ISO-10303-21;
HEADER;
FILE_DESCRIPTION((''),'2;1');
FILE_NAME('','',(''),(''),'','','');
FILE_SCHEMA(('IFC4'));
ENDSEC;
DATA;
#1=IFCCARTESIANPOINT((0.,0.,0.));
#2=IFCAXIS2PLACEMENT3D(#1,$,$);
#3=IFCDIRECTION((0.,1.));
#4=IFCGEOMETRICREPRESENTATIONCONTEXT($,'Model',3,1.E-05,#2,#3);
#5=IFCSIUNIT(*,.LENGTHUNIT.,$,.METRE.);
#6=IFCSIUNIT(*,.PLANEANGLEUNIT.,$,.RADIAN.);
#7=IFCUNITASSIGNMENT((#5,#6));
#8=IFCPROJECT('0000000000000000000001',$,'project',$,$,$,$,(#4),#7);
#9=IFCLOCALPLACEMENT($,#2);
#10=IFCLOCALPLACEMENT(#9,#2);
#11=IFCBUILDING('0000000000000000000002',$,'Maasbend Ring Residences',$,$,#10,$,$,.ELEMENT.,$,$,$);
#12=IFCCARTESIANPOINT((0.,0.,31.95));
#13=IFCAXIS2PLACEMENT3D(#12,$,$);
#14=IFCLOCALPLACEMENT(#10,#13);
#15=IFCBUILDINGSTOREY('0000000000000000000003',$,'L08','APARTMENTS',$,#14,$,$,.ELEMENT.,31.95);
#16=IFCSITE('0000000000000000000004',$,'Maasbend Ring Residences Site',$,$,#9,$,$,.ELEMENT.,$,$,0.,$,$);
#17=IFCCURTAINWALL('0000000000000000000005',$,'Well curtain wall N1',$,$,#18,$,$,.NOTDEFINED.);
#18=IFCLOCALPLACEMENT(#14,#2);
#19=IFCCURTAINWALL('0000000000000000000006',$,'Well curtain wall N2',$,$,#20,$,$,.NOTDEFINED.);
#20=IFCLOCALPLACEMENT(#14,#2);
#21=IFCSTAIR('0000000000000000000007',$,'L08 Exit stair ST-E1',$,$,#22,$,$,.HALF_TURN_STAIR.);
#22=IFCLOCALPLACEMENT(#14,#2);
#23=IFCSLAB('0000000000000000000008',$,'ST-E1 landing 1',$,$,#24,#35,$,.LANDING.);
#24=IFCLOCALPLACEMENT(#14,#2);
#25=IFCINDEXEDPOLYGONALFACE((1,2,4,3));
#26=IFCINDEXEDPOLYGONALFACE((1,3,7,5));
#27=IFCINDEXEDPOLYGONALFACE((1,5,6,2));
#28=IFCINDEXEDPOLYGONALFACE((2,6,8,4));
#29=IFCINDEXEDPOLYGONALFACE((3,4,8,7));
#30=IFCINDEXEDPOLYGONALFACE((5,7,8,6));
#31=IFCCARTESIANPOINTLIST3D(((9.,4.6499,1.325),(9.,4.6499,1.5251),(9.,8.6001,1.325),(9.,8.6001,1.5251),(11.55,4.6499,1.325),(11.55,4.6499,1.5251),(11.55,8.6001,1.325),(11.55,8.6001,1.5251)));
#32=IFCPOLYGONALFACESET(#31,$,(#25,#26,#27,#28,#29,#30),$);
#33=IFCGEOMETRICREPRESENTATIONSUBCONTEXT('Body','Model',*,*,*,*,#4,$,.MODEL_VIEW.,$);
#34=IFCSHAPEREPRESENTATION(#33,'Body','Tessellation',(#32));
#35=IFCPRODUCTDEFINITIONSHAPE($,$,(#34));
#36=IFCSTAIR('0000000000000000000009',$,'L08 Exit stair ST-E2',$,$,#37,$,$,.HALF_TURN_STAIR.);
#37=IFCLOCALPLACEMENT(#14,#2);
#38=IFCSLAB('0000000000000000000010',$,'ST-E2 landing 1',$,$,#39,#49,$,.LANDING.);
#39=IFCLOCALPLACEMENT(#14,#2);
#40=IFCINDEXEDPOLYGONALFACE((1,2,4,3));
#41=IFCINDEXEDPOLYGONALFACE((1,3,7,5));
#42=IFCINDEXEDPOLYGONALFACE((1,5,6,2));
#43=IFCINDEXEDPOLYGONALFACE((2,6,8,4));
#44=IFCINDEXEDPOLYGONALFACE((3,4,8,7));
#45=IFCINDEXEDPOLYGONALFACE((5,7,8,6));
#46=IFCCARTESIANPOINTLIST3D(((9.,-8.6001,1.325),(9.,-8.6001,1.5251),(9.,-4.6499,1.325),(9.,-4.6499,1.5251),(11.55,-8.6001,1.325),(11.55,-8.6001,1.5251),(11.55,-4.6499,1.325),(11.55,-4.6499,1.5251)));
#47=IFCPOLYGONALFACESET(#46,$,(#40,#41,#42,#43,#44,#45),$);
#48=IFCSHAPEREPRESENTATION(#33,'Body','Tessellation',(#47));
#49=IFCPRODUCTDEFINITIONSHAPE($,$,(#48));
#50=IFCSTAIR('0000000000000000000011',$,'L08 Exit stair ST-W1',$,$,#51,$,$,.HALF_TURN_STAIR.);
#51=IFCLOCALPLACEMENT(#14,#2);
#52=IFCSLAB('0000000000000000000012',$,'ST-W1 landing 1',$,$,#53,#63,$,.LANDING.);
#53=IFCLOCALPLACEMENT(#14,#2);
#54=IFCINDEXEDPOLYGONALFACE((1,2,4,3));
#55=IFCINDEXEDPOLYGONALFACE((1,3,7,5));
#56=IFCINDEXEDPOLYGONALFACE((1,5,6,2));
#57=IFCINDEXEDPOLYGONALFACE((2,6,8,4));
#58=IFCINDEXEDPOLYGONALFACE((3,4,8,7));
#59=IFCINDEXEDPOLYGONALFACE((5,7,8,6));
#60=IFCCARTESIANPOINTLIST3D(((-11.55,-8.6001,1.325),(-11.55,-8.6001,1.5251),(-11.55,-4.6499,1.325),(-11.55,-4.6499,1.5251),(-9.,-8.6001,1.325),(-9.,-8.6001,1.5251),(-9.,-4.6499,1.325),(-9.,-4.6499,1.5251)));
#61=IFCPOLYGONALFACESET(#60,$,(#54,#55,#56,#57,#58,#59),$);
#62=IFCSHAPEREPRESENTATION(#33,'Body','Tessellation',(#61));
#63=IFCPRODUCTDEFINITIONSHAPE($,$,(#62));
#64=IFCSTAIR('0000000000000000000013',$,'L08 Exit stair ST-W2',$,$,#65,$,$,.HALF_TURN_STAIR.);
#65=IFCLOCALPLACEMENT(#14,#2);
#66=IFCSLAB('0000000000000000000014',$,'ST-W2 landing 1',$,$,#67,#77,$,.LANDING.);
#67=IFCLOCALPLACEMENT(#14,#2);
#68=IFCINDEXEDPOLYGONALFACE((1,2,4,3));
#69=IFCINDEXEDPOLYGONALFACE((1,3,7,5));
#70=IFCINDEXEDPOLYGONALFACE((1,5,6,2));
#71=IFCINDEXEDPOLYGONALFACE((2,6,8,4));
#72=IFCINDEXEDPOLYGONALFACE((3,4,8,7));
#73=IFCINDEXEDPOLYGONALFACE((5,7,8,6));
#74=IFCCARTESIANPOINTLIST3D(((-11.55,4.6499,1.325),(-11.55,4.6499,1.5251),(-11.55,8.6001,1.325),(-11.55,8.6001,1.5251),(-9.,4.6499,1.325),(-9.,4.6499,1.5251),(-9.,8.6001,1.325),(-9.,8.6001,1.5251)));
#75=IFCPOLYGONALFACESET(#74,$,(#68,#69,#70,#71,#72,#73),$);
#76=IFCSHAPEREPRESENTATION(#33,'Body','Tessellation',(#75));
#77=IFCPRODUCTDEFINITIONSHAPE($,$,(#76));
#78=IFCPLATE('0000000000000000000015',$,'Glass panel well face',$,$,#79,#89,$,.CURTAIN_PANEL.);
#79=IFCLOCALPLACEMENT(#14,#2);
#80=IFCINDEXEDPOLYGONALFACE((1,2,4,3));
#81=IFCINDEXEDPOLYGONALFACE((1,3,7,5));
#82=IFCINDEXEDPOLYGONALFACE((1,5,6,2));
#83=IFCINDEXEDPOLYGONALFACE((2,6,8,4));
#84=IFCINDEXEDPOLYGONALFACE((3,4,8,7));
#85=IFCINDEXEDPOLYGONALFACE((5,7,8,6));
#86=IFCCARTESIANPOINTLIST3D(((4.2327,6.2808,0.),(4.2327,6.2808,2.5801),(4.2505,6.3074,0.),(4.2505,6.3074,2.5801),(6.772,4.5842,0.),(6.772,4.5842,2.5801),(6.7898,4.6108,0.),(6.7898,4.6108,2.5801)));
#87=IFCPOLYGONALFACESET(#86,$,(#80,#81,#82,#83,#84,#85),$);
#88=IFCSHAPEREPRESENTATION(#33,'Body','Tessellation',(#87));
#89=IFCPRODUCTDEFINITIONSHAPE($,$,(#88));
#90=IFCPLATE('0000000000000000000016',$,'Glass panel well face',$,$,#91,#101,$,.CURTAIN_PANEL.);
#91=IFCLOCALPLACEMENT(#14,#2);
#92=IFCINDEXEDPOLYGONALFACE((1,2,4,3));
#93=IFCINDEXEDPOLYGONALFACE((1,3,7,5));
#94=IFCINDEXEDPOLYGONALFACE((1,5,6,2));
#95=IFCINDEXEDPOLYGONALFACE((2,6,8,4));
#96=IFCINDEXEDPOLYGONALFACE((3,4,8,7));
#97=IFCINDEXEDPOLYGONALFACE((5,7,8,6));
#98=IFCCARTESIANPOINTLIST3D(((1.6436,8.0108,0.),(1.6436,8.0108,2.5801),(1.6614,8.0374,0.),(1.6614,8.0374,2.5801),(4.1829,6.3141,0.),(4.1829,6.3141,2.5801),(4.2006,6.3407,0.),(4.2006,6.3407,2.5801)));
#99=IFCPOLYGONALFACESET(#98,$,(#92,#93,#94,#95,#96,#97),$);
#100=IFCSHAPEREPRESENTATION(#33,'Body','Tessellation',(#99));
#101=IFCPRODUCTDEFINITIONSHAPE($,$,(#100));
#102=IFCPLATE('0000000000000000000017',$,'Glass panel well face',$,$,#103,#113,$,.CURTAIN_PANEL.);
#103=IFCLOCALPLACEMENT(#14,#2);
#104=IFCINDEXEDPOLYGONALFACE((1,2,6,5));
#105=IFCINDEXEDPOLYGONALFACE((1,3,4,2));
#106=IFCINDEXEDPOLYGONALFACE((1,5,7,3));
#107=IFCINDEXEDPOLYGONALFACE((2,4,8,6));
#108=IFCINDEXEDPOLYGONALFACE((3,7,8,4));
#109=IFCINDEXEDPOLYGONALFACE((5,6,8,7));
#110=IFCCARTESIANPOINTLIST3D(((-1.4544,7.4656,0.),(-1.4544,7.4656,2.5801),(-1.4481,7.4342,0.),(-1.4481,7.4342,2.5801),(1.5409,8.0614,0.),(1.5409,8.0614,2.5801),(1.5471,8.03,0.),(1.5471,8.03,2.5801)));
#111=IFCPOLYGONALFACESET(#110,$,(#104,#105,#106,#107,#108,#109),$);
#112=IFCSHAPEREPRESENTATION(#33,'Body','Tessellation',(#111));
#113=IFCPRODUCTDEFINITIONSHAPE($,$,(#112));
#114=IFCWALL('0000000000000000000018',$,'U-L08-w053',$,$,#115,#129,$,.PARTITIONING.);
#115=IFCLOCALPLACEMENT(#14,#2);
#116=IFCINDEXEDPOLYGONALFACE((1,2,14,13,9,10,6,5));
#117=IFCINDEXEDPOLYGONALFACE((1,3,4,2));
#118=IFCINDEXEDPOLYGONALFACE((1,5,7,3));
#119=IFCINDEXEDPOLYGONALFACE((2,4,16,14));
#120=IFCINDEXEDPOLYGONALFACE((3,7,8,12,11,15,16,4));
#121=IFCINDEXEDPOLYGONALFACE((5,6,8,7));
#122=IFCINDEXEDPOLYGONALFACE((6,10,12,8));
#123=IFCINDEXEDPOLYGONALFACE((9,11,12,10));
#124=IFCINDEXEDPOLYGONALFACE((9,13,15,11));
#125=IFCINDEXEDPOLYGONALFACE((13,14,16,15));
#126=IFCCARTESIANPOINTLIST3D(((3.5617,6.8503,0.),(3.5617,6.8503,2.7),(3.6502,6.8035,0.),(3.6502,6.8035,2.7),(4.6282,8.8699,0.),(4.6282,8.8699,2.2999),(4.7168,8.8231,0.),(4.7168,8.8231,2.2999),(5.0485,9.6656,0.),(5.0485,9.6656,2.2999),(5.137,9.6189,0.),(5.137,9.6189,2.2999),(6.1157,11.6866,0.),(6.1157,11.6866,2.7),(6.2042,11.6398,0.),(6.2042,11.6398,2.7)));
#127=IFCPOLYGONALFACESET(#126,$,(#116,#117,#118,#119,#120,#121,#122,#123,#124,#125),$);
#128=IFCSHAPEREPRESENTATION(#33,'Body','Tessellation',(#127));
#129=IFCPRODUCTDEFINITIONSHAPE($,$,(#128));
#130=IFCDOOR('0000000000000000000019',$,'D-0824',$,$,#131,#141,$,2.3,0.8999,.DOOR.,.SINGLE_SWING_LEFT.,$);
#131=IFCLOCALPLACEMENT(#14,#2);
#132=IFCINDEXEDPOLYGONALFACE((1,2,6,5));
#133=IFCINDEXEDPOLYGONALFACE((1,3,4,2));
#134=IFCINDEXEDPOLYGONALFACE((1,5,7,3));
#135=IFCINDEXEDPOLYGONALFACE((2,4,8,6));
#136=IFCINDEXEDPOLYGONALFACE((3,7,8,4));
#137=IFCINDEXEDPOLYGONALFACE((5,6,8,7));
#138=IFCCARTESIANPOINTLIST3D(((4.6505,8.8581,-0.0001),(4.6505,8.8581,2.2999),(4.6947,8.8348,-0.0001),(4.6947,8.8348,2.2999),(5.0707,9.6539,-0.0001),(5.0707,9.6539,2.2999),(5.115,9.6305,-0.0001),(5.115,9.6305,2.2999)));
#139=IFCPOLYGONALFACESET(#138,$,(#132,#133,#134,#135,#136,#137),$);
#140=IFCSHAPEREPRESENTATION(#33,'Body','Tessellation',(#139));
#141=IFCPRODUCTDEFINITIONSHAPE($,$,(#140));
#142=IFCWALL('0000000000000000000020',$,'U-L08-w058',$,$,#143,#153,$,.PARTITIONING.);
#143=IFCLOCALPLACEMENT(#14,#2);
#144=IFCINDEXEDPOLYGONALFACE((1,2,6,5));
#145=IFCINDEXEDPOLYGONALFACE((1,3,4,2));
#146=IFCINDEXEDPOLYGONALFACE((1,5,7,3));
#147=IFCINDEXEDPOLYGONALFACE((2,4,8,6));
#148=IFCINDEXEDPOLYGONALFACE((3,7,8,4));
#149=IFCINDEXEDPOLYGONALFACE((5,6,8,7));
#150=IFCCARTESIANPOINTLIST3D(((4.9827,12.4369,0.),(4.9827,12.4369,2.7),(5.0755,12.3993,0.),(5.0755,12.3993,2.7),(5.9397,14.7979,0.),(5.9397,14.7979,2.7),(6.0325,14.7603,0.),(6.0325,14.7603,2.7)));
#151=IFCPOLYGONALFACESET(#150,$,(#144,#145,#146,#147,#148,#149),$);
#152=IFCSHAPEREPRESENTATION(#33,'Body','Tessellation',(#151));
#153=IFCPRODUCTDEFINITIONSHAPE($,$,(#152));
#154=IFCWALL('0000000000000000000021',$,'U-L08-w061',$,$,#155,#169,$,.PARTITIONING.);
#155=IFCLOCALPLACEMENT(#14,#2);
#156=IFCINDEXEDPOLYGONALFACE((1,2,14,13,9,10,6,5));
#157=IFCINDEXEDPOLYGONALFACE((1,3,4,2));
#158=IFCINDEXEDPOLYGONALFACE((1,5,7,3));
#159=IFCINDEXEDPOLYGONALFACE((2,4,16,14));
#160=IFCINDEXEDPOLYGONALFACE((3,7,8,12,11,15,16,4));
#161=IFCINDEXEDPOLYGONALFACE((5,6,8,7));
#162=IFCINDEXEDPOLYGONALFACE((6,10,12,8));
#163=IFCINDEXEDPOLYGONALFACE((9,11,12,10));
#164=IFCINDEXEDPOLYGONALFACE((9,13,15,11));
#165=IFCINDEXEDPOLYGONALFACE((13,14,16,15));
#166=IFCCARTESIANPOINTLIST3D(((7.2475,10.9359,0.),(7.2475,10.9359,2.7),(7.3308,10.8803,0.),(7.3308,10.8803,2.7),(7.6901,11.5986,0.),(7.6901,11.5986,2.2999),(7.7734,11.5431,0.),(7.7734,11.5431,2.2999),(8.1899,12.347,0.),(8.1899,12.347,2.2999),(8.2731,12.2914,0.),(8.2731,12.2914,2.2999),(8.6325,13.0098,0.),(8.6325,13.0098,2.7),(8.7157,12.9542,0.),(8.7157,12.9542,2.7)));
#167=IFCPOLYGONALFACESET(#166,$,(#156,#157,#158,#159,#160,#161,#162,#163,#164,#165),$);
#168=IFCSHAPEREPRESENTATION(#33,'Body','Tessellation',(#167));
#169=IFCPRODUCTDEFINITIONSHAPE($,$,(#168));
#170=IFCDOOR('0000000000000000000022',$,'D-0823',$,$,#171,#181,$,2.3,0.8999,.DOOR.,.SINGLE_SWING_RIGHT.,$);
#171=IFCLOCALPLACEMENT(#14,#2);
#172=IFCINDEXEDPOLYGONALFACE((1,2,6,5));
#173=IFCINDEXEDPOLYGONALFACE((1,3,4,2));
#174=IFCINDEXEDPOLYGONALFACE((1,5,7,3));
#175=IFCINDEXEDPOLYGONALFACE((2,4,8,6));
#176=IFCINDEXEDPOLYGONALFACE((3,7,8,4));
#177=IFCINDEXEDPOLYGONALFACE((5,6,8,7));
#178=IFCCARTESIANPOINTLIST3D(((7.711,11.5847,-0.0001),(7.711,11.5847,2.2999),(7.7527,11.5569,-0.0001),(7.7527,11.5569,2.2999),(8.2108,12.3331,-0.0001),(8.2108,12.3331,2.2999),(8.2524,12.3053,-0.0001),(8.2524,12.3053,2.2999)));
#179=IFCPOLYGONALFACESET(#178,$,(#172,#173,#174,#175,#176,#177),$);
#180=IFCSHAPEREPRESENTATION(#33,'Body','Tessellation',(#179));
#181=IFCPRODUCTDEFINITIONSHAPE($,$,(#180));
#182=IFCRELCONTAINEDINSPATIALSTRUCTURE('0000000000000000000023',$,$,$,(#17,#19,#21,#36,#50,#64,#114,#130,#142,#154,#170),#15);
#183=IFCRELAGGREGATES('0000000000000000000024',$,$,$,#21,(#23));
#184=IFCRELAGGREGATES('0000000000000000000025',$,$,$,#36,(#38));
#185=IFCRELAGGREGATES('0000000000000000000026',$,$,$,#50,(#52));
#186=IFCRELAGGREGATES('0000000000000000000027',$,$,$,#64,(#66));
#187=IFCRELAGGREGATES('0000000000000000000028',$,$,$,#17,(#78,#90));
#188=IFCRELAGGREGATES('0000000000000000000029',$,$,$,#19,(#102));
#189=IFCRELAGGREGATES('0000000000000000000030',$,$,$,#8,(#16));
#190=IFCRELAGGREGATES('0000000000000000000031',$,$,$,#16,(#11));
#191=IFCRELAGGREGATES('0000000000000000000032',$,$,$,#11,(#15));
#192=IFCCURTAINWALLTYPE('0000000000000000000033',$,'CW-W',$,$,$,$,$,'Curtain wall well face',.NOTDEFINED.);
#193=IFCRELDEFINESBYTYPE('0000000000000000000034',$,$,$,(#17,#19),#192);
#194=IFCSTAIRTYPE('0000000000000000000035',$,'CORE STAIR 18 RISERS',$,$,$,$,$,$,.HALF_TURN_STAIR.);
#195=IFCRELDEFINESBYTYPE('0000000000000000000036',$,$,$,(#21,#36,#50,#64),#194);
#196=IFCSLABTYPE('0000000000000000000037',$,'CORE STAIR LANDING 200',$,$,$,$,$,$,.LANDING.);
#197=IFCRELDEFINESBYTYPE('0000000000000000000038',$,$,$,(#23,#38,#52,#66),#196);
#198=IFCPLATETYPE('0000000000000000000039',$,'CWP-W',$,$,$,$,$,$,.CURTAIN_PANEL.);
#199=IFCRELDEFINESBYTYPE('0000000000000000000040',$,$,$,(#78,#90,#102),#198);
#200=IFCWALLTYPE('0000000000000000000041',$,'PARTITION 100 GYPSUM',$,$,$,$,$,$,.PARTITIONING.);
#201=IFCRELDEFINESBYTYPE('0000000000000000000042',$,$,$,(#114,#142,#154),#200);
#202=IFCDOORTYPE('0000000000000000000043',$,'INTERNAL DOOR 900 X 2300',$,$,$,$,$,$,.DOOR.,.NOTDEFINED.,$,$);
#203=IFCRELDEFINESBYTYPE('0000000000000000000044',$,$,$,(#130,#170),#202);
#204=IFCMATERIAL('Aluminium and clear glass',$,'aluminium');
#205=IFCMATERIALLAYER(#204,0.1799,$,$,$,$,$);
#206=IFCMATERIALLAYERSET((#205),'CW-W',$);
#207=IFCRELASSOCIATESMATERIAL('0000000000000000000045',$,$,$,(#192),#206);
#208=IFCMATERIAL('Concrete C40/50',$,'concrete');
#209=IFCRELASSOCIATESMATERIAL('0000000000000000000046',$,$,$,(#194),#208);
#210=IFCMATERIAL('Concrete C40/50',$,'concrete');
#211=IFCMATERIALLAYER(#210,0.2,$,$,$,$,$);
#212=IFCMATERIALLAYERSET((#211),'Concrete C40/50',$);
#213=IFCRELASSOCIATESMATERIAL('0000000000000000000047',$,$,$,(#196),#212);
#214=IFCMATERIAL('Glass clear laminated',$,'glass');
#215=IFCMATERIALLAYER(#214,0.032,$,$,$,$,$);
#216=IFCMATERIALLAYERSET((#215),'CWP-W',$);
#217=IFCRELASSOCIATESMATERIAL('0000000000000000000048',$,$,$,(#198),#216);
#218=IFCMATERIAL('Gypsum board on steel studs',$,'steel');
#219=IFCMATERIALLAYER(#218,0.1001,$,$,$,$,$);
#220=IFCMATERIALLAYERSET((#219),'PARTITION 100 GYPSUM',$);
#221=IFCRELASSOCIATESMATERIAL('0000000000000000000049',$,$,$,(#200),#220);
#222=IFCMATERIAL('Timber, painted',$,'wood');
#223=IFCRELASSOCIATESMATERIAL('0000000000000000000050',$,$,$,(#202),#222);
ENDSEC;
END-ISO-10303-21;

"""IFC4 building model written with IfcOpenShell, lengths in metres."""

from ifc_helpers import new_model, si_unit, direction, frame, frame_2d, origin, origin_2d, place, context, subcontext, project, spatial, polyline, rectangle, outline, extrude, material, layer, layer_set, type_object, element, fill, aggregate, save


model = new_model("IFC4")

# Units and contexts
model_context = context("Model", 3, precision=1e-05, world=origin(), true_north=direction((0.0, 1.0)))
body_context = subcontext(model_context, "Body", "Model", "MODEL_VIEW")
ifc_project = project(units=[si_unit("LENGTHUNIT", "METRE"), si_unit("PLANEANGLEUNIT", "RADIAN")], contexts=[model_context])

# Site, building, storey
site_placement = place(None, origin())
site = spatial("IfcSite", under=ifc_project, at=site_placement, Name="Maasbend Ring Residences Site", CompositionType="ELEMENT", RefElevation=0.0)
building_placement = place(site_placement, origin())
building = spatial("IfcBuilding", under=site, at=building_placement, Name="Maasbend Ring Residences", CompositionType="ELEMENT")
storey_placement = place(building_placement, frame((0.0, 0.0, 31.95)))
storey = spatial("IfcBuildingStorey", under=building, at=storey_placement, Name="L08", Description="APARTMENTS", CompositionType="ELEMENT", Elevation=31.95)

# Curtain wall
ifc_material_1 = material(Name="Aluminium and clear glass", Category="aluminium")
ifc_layer_1 = layer(ifc_material_1, 0.1799)
ifc_layer_set_1 = layer_set([ifc_layer_1], Name="CW-W")
curtain_wall_type = type_object("IfcCurtainWallType", Name="CW-W", ElementType="Curtain wall well face", PredefinedType="NOTDEFINED", material=ifc_layer_set_1)
curtain_wall_1_placement = place(storey_placement, origin())
curtain_wall_1 = element("IfcCurtainWall", 1, at=curtain_wall_1_placement, inside=storey, type_object=curtain_wall_type, Name="Well curtain wall N1", PredefinedType="NOTDEFINED")

# Curtain wall
curtain_wall_2_placement = place(storey_placement, origin())
curtain_wall_2 = element("IfcCurtainWall", 2, at=curtain_wall_2_placement, inside=storey, type_object=curtain_wall_type, Name="Well curtain wall N2", PredefinedType="NOTDEFINED")

# Stairs, slabs
ifc_material_2 = material(Name="Concrete C40/50", Category="concrete")
stair_type = type_object("IfcStairType", Name="CORE STAIR 18 RISERS", PredefinedType="HALF_TURN_STAIR", material=ifc_material_2)
stair_1_placement = place(storey_placement, origin())
stair_1 = element("IfcStair", 3, at=stair_1_placement, inside=storey, type_object=stair_type, Name="L08 Exit stair ST-E1", PredefinedType="HALF_TURN_STAIR")
ifc_material_3 = material(Name="Concrete C40/50", Category="concrete")
ifc_layer_2 = layer(ifc_material_3, 0.2)
ifc_layer_set_2 = layer_set([ifc_layer_2], Name="Concrete C40/50")
slab_type = type_object("IfcSlabType", Name="CORE STAIR LANDING 200", PredefinedType="LANDING", material=ifc_layer_set_2)
slab_1_placement = place(storey_placement, frame((0.0, 0.0, 1.325)))
slab_1 = element("IfcSlab", 4, at=slab_1_placement, type_object=slab_type, Name="ST-E1 landing 1", PredefinedType="LANDING", context=body_context, shape_type="SweptSolid", body=[
    extrude(outline(polyline([(11.55, 8.6001), (9.0, 8.6001), (9.0, 4.6499), (11.55, 4.6499), (11.55, 8.6001)])), origin(), (0.0, 0.0, 1.0), 0.2002),
])
aggregate(stair_1, [slab_1])
stair_2_placement = place(storey_placement, origin())
stair_2 = element("IfcStair", 5, at=stair_2_placement, inside=storey, type_object=stair_type, Name="L08 Exit stair ST-E2", PredefinedType="HALF_TURN_STAIR")
slab_2_placement = place(storey_placement, frame((0.0, 0.0, 1.325)))
slab_2 = element("IfcSlab", 6, at=slab_2_placement, type_object=slab_type, Name="ST-E2 landing 1", PredefinedType="LANDING", context=body_context, shape_type="SweptSolid", body=[
    extrude(outline(polyline([(11.55, -4.6499), (9.0, -4.6499), (9.0, -8.6001), (11.55, -8.6001), (11.55, -4.6499)])), origin(), (0.0, 0.0, 1.0), 0.2002),
])
aggregate(stair_2, [slab_2])
stair_3_placement = place(storey_placement, origin())
stair_3 = element("IfcStair", 7, at=stair_3_placement, inside=storey, type_object=stair_type, Name="L08 Exit stair ST-W1", PredefinedType="HALF_TURN_STAIR")
slab_3_placement = place(storey_placement, frame((0.0, 0.0, 1.325)))
slab_3 = element("IfcSlab", 8, at=slab_3_placement, type_object=slab_type, Name="ST-W1 landing 1", PredefinedType="LANDING", context=body_context, shape_type="SweptSolid", body=[
    extrude(outline(polyline([(-11.55, -8.6001), (-9.0, -8.6001), (-9.0, -4.6499), (-11.55, -4.6499), (-11.55, -8.6001)])), origin(), (0.0, 0.0, 1.0), 0.2002),
])
aggregate(stair_3, [slab_3])
stair_4_placement = place(storey_placement, origin())
stair_4 = element("IfcStair", 9, at=stair_4_placement, inside=storey, type_object=stair_type, Name="L08 Exit stair ST-W2", PredefinedType="HALF_TURN_STAIR")
slab_4_placement = place(storey_placement, frame((0.0, 0.0, 1.325)))
slab_4 = element("IfcSlab", 10, at=slab_4_placement, type_object=slab_type, Name="ST-W2 landing 1", PredefinedType="LANDING", context=body_context, shape_type="SweptSolid", body=[
    extrude(outline(polyline([(-11.55, 4.6499), (-9.0, 4.6499), (-9.0, 8.6001), (-11.55, 8.6001), (-11.55, 4.6499)])), origin(), (0.0, 0.0, 1.0), 0.2002),
])
aggregate(stair_4, [slab_4])

# Plates
ifc_material_4 = material(Name="Glass clear laminated", Category="glass")
ifc_layer_3 = layer(ifc_material_4, 0.032)
ifc_layer_set_3 = layer_set([ifc_layer_3], Name="CWP-W")
plate_type = type_object("IfcPlateType", Name="CWP-W", PredefinedType="CURTAIN_PANEL", material=ifc_layer_set_3)
plate_1_placement = place(storey_placement, frame((5.5112, 5.4458, 0.0), z_axis=(0.0, 0.0, 1.0), x_axis=(-0.83147, 0.55557, 0.0)))
plate_1 = element("IfcPlate", 11, at=plate_1_placement, type_object=plate_type, Name="Glass panel well face", PredefinedType="CURTAIN_PANEL", context=body_context, shape_type="SweptSolid", body=[
    extrude(rectangle(XDim=3.054, YDim=0.032, at=origin_2d()), origin(), (0.0, 0.0, 1.0), 2.5801),
])
plate_2_placement = place(storey_placement, frame((2.9221, 7.1758, 0.0), z_axis=(0.0, 0.0, 1.0), x_axis=(-0.83147, 0.55557, 0.0)))
plate_2 = element("IfcPlate", 12, at=plate_2_placement, type_object=plate_type, Name="Glass panel well face", PredefinedType="CURTAIN_PANEL", context=body_context, shape_type="SweptSolid", body=[
    extrude(rectangle(XDim=3.054, YDim=0.032, at=origin_2d()), origin(), (0.0, 0.0, 1.0), 2.5801),
])
aggregate(curtain_wall_1, [plate_1, plate_2])
plate_3_placement = place(storey_placement, frame((0.0464, 7.7478, 0.0), z_axis=(0.0, 0.0, 1.0), x_axis=(-0.980785, -0.19509, 0.0)))
plate_3 = element("IfcPlate", 13, at=plate_3_placement, type_object=plate_type, Name="Glass panel well face", PredefinedType="CURTAIN_PANEL", context=body_context, shape_type="SweptSolid", body=[
    extrude(rectangle(XDim=3.054, YDim=0.032, at=origin_2d()), origin(), (0.0, 0.0, 1.0), 2.5801),
])
aggregate(curtain_wall_2, [plate_3])

# Wall, opening, door
ifc_material_5 = material(Name="Gypsum board on steel studs", Category="steel")
ifc_layer_4 = layer(ifc_material_5, 0.1001)
ifc_layer_set_4 = layer_set([ifc_layer_4], Name="PARTITION 100 GYPSUM")
wall_type_1 = type_object("IfcWallType", Name="PARTITION 100 GYPSUM", PredefinedType="PARTITIONING", material=ifc_layer_set_4)
wall_1_placement = place(storey_placement, frame((3.606, 6.8269, 0.0), z_axis=(0.0, 0.0, 1.0), x_axis=(0.466977, 0.88427, 0.0)))
wall_1 = element("IfcWall", 14, at=wall_1_placement, inside=storey, type_object=wall_type_1, Name="U-L08-w053", PredefinedType="PARTITIONING", context=body_context, shape_type="SweptSolid", body=[
    extrude(rectangle(XDim=5.4692, YDim=0.1001, at=frame_2d((2.7346, 0.0))), origin(), (0.0, 0.0, 1.0), 2.7),
])
opening_1_placement = place(wall_1_placement, frame((2.2839, 0.0, 0.0)))
opening_1 = element("IfcOpeningElement", 15, at=opening_1_placement, cuts=wall_1, PredefinedType="OPENING", context=body_context, shape_type="SweptSolid", body=[
    extrude(rectangle(XDim=0.8999, YDim=2.3, at=frame_2d((0.45, 1.1499))), frame((0.0, 0.0601, 0.0), z_axis=(0.0, -1.0, 0.0), x_axis=(1.0, 0.0, 0.0)), (0.0, 0.0, 1.0), 0.1201),
])
ifc_material_6 = material(Name="Timber, painted", Category="wood")
door_type = type_object("IfcDoorType", Name="INTERNAL DOOR 900 X 2300", OperationType="NOTDEFINED", PredefinedType="DOOR", material=ifc_material_6)
door_1_placement = place(opening_1_placement, origin())
door_1 = element("IfcDoor", 16, at=door_1_placement, inside=storey, type_object=door_type, Name="D-0824", OperationType="SINGLE_SWING_LEFT", OverallHeight=2.3, OverallWidth=0.8999, PredefinedType="DOOR", context=body_context, shape_type="SweptSolid", body=[
    extrude(rectangle(XDim=0.8999, YDim=2.3, at=frame_2d((0.45, 1.1499))), frame((0.0, 0.0249, 0.0), z_axis=(0.0, -1.0, 0.0), x_axis=(1.0, 0.0, 0.0)), (0.0, 0.0, 1.0), 0.05),
])
fill(opening_1, door_1)

# Wall
wall_2_placement = place(storey_placement, frame((5.0291, 12.418, 0.0), z_axis=(0.0, 0.0, 1.0), x_axis=(0.375649, 0.926762, 0.0)))
element("IfcWall", 17, at=wall_2_placement, inside=storey, type_object=wall_type_1, Name="U-L08-w058", PredefinedType="PARTITIONING", context=body_context, shape_type="SweptSolid", body=[
    extrude(rectangle(XDim=2.5476, YDim=0.1001, at=frame_2d((1.2739, 0.0))), origin(), (0.0, 0.0, 1.0), 2.7),
])

# Wall, opening, door
wall_3_placement = place(storey_placement, frame((7.2891, 10.908, 0.0), z_axis=(0.0, 0.0, 1.0), x_axis=(0.555355, 0.831613, 0.0)))
wall_3 = element("IfcWall", 18, at=wall_3_placement, inside=storey, type_object=wall_type_1, Name="U-L08-w061", PredefinedType="PARTITIONING", context=body_context, shape_type="SweptSolid", body=[
    extrude(rectangle(XDim=2.4939, YDim=0.1001, at=frame_2d((1.2471, 0.0))), origin(), (0.0, 0.0, 1.0), 2.7),
])
opening_2_placement = place(wall_3_placement, frame((0.7971, 0.0, 0.0)))
opening_2 = element("IfcOpeningElement", 19, at=opening_2_placement, cuts=wall_3, PredefinedType="OPENING", context=body_context, shape_type="SweptSolid", body=[
    extrude(rectangle(XDim=0.8999, YDim=2.3, at=frame_2d((0.45, 1.1499))), frame((0.0, 0.0601, 0.0), z_axis=(0.0, -1.0, 0.0), x_axis=(1.0, 0.0, 0.0)), (0.0, 0.0, 1.0), 0.1201),
])
door_2_placement = place(opening_2_placement, origin())
door_2 = element("IfcDoor", 20, at=door_2_placement, inside=storey, type_object=door_type, Name="D-0823", OperationType="SINGLE_SWING_RIGHT", OverallHeight=2.3, OverallWidth=0.8999, PredefinedType="DOOR", context=body_context, shape_type="SweptSolid", body=[
    extrude(rectangle(XDim=0.8999, YDim=2.3, at=frame_2d((0.45, 1.1499))), frame((0.0, 0.0249, 0.0), z_axis=(0.0, -1.0, 0.0), x_axis=(1.0, 0.0, 0.0)), (0.0, 0.0, 1.0), 0.05),
])
fill(opening_2, door_2)

save(model, "model.ifc")
